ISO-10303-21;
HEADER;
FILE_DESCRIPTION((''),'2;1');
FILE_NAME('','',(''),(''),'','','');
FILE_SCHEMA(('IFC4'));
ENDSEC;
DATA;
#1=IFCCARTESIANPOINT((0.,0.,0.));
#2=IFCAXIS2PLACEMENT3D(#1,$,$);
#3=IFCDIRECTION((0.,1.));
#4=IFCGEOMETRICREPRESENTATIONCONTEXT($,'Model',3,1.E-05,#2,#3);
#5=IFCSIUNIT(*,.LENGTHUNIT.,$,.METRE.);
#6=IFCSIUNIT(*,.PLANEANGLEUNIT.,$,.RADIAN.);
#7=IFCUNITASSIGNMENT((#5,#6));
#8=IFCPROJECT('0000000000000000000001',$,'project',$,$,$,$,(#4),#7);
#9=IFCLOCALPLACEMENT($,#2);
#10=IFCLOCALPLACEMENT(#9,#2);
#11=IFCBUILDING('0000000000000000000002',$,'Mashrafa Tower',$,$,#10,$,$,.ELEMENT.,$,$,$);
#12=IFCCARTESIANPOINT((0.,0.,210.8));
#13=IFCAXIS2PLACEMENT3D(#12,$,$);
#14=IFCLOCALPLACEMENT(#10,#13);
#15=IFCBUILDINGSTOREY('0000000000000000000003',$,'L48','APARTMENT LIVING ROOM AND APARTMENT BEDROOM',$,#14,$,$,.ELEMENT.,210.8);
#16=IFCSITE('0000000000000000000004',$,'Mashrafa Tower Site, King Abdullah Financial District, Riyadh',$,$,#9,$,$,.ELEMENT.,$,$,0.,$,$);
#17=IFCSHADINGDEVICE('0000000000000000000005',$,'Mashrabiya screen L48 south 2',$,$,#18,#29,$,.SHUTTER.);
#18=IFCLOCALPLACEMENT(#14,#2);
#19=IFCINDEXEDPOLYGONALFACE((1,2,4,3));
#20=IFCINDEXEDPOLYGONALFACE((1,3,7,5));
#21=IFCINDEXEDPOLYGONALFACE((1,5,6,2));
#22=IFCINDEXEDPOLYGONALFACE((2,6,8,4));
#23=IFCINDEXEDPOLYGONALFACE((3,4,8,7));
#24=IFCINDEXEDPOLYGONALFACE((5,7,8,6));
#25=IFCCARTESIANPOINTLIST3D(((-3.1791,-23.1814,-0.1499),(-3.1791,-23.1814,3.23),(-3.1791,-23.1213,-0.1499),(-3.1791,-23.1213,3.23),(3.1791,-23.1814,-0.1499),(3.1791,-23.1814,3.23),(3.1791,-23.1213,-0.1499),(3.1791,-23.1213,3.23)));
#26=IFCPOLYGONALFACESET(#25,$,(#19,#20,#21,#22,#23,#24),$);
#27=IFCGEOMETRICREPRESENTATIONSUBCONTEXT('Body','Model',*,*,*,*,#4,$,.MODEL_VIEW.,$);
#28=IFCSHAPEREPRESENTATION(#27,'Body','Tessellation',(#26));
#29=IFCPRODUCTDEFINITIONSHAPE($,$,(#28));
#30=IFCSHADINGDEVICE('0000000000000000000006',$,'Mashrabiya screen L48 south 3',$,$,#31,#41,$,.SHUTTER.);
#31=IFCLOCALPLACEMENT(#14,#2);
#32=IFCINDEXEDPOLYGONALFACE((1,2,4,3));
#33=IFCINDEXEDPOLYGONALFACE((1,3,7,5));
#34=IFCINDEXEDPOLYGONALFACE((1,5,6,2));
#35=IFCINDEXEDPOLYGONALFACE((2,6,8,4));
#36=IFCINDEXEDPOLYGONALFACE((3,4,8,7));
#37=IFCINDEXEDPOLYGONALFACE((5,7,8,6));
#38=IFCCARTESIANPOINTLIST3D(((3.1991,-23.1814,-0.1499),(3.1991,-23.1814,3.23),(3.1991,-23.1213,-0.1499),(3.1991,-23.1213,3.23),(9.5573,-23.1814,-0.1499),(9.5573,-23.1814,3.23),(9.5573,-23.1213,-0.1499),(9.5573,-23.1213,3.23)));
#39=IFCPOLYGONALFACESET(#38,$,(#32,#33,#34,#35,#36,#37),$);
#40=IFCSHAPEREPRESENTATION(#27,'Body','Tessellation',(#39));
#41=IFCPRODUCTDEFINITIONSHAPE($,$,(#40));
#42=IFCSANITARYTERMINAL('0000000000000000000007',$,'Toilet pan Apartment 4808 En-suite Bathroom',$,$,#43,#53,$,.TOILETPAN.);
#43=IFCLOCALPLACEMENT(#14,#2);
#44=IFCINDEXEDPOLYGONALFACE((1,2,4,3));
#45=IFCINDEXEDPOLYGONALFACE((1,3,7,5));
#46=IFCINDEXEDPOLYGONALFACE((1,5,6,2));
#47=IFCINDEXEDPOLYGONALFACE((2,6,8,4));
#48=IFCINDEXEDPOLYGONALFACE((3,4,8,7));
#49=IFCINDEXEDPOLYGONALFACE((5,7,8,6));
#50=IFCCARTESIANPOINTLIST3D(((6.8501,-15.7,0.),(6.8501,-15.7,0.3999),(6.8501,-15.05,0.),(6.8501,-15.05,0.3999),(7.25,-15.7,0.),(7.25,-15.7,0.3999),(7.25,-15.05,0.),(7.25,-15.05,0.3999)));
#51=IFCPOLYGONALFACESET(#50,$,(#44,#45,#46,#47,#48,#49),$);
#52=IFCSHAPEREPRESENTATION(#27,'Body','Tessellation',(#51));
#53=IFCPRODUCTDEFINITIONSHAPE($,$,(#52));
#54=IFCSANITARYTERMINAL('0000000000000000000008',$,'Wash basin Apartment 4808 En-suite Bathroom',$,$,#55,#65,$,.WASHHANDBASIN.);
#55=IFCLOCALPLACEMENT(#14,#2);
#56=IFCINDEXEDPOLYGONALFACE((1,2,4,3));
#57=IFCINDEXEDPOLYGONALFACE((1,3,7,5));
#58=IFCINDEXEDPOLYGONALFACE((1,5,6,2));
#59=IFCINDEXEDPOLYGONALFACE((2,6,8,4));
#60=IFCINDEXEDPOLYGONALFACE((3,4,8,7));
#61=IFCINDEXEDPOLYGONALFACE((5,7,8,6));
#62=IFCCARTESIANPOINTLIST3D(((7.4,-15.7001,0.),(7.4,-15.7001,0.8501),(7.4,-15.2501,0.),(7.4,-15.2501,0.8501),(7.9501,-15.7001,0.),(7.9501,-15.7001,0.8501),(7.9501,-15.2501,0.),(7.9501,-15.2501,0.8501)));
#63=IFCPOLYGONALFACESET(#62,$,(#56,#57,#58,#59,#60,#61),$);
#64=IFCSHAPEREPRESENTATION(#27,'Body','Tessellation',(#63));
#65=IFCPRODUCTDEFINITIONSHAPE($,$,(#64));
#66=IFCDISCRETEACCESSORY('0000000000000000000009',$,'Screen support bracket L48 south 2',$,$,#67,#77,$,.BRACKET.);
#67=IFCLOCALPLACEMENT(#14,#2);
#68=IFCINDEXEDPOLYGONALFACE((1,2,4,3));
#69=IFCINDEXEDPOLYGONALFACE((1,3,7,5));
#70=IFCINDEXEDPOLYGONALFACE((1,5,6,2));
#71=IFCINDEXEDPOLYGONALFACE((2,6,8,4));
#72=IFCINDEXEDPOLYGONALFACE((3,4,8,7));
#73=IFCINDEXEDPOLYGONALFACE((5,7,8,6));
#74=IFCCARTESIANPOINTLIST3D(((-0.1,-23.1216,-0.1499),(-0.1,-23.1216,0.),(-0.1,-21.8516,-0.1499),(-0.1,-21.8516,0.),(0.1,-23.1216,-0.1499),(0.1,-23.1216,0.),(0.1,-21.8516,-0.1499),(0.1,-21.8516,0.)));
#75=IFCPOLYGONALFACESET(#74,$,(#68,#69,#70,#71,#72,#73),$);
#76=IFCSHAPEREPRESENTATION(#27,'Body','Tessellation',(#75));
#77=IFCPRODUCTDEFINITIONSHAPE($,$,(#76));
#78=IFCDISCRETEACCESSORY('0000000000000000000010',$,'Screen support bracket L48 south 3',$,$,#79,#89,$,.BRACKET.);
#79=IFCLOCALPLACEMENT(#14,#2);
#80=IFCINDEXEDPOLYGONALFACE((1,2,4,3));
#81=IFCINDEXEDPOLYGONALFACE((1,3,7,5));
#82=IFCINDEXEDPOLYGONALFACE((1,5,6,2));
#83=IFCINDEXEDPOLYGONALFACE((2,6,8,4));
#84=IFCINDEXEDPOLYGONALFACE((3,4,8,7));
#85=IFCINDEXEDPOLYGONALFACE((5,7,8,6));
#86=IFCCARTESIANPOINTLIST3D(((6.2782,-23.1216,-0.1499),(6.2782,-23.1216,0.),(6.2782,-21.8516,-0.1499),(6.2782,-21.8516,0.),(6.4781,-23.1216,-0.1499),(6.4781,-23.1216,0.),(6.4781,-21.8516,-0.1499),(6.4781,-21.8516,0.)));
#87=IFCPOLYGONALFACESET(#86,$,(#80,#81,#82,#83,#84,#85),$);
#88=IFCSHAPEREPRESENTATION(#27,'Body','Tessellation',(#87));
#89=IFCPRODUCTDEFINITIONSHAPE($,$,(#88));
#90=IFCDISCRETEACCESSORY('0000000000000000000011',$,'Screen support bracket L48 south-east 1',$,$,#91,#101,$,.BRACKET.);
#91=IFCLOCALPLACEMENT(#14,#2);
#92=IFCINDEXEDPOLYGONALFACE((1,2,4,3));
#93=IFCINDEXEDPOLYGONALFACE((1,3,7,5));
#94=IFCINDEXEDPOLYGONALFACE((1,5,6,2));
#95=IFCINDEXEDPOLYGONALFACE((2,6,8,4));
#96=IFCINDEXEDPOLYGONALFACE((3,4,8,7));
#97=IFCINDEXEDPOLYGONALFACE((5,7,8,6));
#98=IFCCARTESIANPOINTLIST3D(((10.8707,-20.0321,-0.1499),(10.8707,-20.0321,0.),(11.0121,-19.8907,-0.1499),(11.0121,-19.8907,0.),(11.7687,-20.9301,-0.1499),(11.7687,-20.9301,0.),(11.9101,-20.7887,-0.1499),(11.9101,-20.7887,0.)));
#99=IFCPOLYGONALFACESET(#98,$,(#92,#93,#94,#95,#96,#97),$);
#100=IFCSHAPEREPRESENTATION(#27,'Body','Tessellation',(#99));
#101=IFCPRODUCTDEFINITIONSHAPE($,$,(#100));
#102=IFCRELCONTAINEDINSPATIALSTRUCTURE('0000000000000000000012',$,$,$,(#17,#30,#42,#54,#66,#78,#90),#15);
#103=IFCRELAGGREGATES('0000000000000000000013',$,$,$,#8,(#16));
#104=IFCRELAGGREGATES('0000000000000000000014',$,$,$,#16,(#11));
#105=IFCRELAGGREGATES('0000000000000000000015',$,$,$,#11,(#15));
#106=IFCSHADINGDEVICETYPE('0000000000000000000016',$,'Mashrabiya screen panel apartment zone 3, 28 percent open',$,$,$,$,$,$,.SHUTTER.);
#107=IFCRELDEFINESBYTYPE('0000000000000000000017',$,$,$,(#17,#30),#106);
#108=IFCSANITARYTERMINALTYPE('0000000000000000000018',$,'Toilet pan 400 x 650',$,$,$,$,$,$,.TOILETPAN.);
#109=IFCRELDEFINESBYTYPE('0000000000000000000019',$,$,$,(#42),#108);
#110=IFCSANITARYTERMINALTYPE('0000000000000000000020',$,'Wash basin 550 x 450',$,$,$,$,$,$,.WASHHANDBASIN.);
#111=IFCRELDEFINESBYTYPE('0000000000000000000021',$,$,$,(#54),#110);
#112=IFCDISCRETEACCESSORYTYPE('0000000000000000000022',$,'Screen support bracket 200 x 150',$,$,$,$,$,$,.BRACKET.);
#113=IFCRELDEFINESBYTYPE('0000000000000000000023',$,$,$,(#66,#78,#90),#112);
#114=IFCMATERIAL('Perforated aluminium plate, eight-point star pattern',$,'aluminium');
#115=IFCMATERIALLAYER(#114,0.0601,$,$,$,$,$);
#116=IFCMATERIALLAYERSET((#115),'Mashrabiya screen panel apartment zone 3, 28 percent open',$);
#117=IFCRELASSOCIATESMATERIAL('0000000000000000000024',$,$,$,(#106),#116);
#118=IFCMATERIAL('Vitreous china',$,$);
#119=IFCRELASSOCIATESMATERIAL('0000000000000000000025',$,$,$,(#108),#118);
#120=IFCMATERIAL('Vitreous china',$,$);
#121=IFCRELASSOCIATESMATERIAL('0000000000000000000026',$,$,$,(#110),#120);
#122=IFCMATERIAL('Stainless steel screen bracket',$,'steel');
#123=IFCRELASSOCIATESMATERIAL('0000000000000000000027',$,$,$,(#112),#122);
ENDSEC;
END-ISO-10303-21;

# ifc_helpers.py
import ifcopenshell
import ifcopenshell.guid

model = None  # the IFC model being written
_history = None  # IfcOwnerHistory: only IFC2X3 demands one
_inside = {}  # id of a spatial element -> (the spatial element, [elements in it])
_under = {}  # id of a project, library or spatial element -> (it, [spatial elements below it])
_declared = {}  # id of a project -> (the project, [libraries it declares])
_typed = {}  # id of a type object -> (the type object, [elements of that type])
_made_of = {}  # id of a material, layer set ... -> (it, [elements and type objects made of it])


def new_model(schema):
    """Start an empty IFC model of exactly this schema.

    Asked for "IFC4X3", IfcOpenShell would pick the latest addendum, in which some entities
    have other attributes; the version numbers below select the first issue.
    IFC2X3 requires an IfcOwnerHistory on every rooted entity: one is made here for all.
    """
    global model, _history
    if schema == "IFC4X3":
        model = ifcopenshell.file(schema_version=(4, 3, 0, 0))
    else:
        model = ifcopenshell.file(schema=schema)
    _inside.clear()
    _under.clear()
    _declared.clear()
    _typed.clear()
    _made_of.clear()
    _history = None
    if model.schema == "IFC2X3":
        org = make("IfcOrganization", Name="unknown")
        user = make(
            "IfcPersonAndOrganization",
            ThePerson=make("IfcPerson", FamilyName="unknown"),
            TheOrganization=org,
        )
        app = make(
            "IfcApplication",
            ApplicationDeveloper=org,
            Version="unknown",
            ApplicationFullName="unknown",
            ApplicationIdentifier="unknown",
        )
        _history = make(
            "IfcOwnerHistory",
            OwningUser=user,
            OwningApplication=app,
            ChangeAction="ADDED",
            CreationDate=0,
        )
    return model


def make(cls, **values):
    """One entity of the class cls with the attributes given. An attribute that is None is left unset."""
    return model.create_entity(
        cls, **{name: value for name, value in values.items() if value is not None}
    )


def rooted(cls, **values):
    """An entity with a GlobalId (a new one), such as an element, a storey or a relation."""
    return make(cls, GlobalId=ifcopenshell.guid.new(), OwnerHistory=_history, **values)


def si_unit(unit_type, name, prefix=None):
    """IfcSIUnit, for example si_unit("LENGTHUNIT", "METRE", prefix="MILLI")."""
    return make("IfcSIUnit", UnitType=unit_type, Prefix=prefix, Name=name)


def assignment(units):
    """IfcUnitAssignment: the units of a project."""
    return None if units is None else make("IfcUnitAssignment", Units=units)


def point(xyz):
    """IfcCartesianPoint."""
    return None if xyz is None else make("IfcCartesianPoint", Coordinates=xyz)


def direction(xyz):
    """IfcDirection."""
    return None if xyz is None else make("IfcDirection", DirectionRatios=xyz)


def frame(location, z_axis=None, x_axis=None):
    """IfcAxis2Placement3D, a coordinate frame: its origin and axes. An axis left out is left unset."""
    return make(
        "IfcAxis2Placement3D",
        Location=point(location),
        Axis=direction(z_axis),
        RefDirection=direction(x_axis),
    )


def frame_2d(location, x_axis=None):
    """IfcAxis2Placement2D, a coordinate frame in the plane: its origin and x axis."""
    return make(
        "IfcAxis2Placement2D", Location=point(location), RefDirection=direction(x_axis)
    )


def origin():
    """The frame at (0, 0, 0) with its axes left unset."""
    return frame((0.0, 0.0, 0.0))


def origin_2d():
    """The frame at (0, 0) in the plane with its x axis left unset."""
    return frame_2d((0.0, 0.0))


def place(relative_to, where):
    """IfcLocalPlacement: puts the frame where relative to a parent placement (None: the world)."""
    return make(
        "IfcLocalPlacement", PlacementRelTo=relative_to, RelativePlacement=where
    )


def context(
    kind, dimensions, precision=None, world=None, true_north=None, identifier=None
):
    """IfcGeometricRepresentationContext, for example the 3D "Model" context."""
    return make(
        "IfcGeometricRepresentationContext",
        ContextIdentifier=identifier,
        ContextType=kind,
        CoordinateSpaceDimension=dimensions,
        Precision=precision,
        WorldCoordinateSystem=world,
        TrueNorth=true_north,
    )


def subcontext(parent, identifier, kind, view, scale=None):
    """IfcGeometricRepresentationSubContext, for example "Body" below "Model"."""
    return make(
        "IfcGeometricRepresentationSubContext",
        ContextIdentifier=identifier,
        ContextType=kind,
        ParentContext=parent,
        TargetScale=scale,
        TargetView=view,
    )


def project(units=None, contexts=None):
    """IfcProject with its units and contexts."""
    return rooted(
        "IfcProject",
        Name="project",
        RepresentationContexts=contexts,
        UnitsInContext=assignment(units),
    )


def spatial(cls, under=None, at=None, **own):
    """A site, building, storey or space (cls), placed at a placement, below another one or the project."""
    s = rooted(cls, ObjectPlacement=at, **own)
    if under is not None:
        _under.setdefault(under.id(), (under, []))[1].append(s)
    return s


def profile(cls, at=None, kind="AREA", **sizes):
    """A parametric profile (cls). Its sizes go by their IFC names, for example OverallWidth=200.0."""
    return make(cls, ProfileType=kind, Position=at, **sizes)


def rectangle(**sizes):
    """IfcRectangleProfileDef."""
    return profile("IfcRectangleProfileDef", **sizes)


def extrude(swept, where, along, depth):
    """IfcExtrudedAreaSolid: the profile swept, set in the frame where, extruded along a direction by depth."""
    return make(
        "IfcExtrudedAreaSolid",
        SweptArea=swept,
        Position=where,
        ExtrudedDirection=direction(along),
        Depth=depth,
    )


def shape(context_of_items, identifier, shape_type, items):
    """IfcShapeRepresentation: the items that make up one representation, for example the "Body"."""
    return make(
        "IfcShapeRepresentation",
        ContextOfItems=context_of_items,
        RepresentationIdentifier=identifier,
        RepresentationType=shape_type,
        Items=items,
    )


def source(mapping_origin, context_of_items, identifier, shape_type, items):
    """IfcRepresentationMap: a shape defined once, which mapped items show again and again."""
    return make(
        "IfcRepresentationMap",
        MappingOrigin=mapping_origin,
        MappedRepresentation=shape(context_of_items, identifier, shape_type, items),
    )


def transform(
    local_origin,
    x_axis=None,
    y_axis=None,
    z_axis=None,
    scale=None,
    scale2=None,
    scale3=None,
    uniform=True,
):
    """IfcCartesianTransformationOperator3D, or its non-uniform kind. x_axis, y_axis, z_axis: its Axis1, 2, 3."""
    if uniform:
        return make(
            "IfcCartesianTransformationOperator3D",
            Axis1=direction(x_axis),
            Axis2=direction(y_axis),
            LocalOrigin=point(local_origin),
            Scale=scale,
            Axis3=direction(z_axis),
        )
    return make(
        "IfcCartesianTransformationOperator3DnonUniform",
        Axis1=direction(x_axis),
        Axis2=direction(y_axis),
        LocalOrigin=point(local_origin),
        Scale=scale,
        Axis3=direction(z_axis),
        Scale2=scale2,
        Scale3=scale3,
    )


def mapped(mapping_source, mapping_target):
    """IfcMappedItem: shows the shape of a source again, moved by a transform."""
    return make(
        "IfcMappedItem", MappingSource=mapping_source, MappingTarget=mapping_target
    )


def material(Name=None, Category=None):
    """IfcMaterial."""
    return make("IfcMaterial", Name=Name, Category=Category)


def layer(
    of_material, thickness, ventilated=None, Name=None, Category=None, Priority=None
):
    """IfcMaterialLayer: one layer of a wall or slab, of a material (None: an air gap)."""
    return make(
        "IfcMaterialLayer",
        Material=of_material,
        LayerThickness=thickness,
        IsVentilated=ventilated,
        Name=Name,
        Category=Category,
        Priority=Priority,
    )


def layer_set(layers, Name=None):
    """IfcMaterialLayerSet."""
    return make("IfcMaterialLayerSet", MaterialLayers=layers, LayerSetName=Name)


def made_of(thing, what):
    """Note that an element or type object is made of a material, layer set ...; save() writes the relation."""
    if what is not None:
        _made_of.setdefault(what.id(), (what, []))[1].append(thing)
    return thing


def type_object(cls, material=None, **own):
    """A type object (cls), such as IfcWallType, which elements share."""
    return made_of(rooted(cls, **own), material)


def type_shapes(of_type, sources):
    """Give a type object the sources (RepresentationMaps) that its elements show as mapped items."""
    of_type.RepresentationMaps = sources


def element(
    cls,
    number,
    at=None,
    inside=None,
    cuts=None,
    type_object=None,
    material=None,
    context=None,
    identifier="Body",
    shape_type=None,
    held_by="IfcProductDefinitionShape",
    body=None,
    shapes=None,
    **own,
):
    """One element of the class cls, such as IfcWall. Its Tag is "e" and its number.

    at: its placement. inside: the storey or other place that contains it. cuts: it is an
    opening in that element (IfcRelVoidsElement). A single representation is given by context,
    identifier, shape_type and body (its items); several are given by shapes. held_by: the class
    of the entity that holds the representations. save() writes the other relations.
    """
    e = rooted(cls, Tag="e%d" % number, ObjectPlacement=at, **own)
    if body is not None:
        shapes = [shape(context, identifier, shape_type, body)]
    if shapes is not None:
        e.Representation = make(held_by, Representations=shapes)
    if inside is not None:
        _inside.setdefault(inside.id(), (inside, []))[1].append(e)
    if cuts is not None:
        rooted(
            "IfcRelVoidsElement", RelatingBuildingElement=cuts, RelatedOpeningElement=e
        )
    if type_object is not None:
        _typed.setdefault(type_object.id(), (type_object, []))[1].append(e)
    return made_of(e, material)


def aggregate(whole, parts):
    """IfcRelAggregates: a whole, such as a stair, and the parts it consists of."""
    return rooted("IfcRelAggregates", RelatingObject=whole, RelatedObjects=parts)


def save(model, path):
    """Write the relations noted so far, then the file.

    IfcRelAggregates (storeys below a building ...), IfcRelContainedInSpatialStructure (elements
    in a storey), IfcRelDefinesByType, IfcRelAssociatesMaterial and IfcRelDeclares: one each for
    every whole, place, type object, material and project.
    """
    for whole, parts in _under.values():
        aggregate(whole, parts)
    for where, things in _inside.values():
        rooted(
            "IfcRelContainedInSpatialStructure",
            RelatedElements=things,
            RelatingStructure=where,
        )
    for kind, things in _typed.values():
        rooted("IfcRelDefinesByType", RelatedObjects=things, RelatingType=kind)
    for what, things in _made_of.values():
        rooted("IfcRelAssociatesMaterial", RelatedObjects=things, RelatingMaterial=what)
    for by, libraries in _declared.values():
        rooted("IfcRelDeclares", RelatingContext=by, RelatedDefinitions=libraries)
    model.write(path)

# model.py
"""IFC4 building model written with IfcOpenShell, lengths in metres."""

from ifc_helpers import new_model, si_unit, direction, frame, origin, origin_2d, place, context, subcontext, project, spatial, rectangle, extrude, source, transform, mapped, material, layer, layer_set, type_object, type_shapes, element, save


model = new_model("IFC4")

# Units and contexts
model_context = context("Model", 3, precision=1e-05, world=origin(), true_north=direction((0.0, 1.0)))
body_context = subcontext(model_context, "Body", "Model", "MODEL_VIEW")
ifc_project = project(units=[si_unit("LENGTHUNIT", "METRE"), si_unit("PLANEANGLEUNIT", "RADIAN")], contexts=[model_context])

# Site, building, storey
site_placement = place(None, origin())
site = spatial("IfcSite", under=ifc_project, at=site_placement, Name="Mashrafa Tower Site, King Abdullah Financial District, Riyadh", CompositionType="ELEMENT", RefElevation=0.0)
building_placement = place(site_placement, origin())
building = spatial("IfcBuilding", under=site, at=building_placement, Name="Mashrafa Tower", CompositionType="ELEMENT")
storey_placement = place(building_placement, frame((0.0, 0.0, 210.8)))
storey = spatial("IfcBuildingStorey", under=building, at=storey_placement, Name="L48", Description="APARTMENT LIVING ROOM AND APARTMENT BEDROOM", CompositionType="ELEMENT", Elevation=210.8)

# Shading devices
ifc_material_1 = material(Name="Perforated aluminium plate, eight-point star pattern", Category="aluminium")
ifc_layer_1 = layer(ifc_material_1, 0.0601)
ifc_layer_set_1 = layer_set([ifc_layer_1], Name="Mashrabiya screen panel apartment zone 3, 28 percent open")
shading_device_type = type_object("IfcShadingDeviceType", Name="Mashrabiya screen panel apartment zone 3, 28 percent open", PredefinedType="SHUTTER", material=ifc_layer_set_1)
shared_shape_1 = source(origin(), body_context, "Body", "SweptSolid", [
    extrude(rectangle(XDim=6.3582, YDim=0.0601, at=origin_2d()), origin(), (0.0, 0.0, 1.0), 3.3799),
])
type_shapes(shading_device_type, [shared_shape_1])
for number, where, z_axis, x_axis, name in (
    (1, (0.0, -23.1514, -0.1499), (0.0, 0.0, 1.0), (1.0, 0.0, 0.0), "Mashrabiya screen L48 south 2"),
    (2, (6.3782, -23.1514, -0.1499), (0.0, 0.0, 1.0), (1.0, 0.0, 0.0), "Mashrabiya screen L48 south 3"),
):
    element("IfcShadingDevice", number, at=place(storey_placement, frame(where, z_axis=z_axis, x_axis=x_axis)), inside=storey, type_object=shading_device_type, Name=name, PredefinedType="SHUTTER", context=body_context, shape_type="MappedRepresentation", body=[
        mapped(shared_shape_1, transform((0.0, 0.0, 0.0))),
    ])

# Sanitary terminals
ifc_material_2 = material(Name="Vitreous china")
sanitary_terminal_type_1 = type_object("IfcSanitaryTerminalType", Name="Toilet pan 400 x 650", PredefinedType="TOILETPAN", material=ifc_material_2)
sanitary_terminal_1_placement = place(storey_placement, frame((7.05, -15.375, 0.0), z_axis=(0.0, 0.0, 1.0), x_axis=(1.0, 0.0, 0.0)))
element("IfcSanitaryTerminal", 3, at=sanitary_terminal_1_placement, inside=storey, type_object=sanitary_terminal_type_1, Name="Toilet pan Apartment 4808 En-suite Bathroom", PredefinedType="TOILETPAN", context=body_context, shape_type="SweptSolid", body=[
    extrude(rectangle(XDim=0.3999, YDim=0.6499, at=origin_2d()), origin(), (0.0, 0.0, 1.0), 0.3999),
])
ifc_material_3 = material(Name="Vitreous china")
sanitary_terminal_type_2 = type_object("IfcSanitaryTerminalType", Name="Wash basin 550 x 450", PredefinedType="WASHHANDBASIN", material=ifc_material_3)
sanitary_terminal_2_placement = place(storey_placement, frame((7.675, -15.4751, 0.0), z_axis=(0.0, 0.0, 1.0), x_axis=(1.0, 0.0, 0.0)))
element("IfcSanitaryTerminal", 4, at=sanitary_terminal_2_placement, inside=storey, type_object=sanitary_terminal_type_2, Name="Wash basin Apartment 4808 En-suite Bathroom", PredefinedType="WASHHANDBASIN", context=body_context, shape_type="SweptSolid", body=[
    extrude(rectangle(XDim=0.55, YDim=0.45, at=origin_2d()), origin(), (0.0, 0.0, 1.0), 0.8501),
])

# Discrete accessories
ifc_material_4 = material(Name="Stainless steel screen bracket", Category="steel")
discrete_accessory_type = type_object("IfcDiscreteAccessoryType", Name="Screen support bracket 200 x 150", PredefinedType="BRACKET", material=ifc_material_4)
shared_shape_2 = source(origin(), body_context, "Body", "SweptSolid", [
    extrude(rectangle(XDim=0.2, YDim=1.27, at=origin_2d()), origin(), (0.0, 0.0, 1.0), 0.1499),
])
type_shapes(discrete_accessory_type, [shared_shape_2])
for number, where, z_axis, x_axis, name in (
    (5, (0.0, -22.4866, -0.1499), (0.0, 0.0, 1.0), (1.0, 0.0, 0.0), "Screen support bracket L48 south 2"),
    (6, (6.3782, -22.4866, -0.1499), (0.0, 0.0, 1.0), (1.0, 0.0, 0.0), "Screen support bracket L48 south 3"),
    (7, (11.3904, -20.4104, -0.1499), (0.0, 0.0, 1.0), (0.707107, 0.707107, 0.0), "Screen support bracket L48 south-east 1"),
):
    element("IfcDiscreteAccessory", number, at=place(storey_placement, frame(where, z_axis=z_axis, x_axis=x_axis)), inside=storey, type_object=discrete_accessory_type, Name=name, PredefinedType="BRACKET", context=body_context, shape_type="MappedRepresentation", body=[
        mapped(shared_shape_2, transform((0.0, 0.0, 0.0))),
    ])

save(model, "model.ifc")
